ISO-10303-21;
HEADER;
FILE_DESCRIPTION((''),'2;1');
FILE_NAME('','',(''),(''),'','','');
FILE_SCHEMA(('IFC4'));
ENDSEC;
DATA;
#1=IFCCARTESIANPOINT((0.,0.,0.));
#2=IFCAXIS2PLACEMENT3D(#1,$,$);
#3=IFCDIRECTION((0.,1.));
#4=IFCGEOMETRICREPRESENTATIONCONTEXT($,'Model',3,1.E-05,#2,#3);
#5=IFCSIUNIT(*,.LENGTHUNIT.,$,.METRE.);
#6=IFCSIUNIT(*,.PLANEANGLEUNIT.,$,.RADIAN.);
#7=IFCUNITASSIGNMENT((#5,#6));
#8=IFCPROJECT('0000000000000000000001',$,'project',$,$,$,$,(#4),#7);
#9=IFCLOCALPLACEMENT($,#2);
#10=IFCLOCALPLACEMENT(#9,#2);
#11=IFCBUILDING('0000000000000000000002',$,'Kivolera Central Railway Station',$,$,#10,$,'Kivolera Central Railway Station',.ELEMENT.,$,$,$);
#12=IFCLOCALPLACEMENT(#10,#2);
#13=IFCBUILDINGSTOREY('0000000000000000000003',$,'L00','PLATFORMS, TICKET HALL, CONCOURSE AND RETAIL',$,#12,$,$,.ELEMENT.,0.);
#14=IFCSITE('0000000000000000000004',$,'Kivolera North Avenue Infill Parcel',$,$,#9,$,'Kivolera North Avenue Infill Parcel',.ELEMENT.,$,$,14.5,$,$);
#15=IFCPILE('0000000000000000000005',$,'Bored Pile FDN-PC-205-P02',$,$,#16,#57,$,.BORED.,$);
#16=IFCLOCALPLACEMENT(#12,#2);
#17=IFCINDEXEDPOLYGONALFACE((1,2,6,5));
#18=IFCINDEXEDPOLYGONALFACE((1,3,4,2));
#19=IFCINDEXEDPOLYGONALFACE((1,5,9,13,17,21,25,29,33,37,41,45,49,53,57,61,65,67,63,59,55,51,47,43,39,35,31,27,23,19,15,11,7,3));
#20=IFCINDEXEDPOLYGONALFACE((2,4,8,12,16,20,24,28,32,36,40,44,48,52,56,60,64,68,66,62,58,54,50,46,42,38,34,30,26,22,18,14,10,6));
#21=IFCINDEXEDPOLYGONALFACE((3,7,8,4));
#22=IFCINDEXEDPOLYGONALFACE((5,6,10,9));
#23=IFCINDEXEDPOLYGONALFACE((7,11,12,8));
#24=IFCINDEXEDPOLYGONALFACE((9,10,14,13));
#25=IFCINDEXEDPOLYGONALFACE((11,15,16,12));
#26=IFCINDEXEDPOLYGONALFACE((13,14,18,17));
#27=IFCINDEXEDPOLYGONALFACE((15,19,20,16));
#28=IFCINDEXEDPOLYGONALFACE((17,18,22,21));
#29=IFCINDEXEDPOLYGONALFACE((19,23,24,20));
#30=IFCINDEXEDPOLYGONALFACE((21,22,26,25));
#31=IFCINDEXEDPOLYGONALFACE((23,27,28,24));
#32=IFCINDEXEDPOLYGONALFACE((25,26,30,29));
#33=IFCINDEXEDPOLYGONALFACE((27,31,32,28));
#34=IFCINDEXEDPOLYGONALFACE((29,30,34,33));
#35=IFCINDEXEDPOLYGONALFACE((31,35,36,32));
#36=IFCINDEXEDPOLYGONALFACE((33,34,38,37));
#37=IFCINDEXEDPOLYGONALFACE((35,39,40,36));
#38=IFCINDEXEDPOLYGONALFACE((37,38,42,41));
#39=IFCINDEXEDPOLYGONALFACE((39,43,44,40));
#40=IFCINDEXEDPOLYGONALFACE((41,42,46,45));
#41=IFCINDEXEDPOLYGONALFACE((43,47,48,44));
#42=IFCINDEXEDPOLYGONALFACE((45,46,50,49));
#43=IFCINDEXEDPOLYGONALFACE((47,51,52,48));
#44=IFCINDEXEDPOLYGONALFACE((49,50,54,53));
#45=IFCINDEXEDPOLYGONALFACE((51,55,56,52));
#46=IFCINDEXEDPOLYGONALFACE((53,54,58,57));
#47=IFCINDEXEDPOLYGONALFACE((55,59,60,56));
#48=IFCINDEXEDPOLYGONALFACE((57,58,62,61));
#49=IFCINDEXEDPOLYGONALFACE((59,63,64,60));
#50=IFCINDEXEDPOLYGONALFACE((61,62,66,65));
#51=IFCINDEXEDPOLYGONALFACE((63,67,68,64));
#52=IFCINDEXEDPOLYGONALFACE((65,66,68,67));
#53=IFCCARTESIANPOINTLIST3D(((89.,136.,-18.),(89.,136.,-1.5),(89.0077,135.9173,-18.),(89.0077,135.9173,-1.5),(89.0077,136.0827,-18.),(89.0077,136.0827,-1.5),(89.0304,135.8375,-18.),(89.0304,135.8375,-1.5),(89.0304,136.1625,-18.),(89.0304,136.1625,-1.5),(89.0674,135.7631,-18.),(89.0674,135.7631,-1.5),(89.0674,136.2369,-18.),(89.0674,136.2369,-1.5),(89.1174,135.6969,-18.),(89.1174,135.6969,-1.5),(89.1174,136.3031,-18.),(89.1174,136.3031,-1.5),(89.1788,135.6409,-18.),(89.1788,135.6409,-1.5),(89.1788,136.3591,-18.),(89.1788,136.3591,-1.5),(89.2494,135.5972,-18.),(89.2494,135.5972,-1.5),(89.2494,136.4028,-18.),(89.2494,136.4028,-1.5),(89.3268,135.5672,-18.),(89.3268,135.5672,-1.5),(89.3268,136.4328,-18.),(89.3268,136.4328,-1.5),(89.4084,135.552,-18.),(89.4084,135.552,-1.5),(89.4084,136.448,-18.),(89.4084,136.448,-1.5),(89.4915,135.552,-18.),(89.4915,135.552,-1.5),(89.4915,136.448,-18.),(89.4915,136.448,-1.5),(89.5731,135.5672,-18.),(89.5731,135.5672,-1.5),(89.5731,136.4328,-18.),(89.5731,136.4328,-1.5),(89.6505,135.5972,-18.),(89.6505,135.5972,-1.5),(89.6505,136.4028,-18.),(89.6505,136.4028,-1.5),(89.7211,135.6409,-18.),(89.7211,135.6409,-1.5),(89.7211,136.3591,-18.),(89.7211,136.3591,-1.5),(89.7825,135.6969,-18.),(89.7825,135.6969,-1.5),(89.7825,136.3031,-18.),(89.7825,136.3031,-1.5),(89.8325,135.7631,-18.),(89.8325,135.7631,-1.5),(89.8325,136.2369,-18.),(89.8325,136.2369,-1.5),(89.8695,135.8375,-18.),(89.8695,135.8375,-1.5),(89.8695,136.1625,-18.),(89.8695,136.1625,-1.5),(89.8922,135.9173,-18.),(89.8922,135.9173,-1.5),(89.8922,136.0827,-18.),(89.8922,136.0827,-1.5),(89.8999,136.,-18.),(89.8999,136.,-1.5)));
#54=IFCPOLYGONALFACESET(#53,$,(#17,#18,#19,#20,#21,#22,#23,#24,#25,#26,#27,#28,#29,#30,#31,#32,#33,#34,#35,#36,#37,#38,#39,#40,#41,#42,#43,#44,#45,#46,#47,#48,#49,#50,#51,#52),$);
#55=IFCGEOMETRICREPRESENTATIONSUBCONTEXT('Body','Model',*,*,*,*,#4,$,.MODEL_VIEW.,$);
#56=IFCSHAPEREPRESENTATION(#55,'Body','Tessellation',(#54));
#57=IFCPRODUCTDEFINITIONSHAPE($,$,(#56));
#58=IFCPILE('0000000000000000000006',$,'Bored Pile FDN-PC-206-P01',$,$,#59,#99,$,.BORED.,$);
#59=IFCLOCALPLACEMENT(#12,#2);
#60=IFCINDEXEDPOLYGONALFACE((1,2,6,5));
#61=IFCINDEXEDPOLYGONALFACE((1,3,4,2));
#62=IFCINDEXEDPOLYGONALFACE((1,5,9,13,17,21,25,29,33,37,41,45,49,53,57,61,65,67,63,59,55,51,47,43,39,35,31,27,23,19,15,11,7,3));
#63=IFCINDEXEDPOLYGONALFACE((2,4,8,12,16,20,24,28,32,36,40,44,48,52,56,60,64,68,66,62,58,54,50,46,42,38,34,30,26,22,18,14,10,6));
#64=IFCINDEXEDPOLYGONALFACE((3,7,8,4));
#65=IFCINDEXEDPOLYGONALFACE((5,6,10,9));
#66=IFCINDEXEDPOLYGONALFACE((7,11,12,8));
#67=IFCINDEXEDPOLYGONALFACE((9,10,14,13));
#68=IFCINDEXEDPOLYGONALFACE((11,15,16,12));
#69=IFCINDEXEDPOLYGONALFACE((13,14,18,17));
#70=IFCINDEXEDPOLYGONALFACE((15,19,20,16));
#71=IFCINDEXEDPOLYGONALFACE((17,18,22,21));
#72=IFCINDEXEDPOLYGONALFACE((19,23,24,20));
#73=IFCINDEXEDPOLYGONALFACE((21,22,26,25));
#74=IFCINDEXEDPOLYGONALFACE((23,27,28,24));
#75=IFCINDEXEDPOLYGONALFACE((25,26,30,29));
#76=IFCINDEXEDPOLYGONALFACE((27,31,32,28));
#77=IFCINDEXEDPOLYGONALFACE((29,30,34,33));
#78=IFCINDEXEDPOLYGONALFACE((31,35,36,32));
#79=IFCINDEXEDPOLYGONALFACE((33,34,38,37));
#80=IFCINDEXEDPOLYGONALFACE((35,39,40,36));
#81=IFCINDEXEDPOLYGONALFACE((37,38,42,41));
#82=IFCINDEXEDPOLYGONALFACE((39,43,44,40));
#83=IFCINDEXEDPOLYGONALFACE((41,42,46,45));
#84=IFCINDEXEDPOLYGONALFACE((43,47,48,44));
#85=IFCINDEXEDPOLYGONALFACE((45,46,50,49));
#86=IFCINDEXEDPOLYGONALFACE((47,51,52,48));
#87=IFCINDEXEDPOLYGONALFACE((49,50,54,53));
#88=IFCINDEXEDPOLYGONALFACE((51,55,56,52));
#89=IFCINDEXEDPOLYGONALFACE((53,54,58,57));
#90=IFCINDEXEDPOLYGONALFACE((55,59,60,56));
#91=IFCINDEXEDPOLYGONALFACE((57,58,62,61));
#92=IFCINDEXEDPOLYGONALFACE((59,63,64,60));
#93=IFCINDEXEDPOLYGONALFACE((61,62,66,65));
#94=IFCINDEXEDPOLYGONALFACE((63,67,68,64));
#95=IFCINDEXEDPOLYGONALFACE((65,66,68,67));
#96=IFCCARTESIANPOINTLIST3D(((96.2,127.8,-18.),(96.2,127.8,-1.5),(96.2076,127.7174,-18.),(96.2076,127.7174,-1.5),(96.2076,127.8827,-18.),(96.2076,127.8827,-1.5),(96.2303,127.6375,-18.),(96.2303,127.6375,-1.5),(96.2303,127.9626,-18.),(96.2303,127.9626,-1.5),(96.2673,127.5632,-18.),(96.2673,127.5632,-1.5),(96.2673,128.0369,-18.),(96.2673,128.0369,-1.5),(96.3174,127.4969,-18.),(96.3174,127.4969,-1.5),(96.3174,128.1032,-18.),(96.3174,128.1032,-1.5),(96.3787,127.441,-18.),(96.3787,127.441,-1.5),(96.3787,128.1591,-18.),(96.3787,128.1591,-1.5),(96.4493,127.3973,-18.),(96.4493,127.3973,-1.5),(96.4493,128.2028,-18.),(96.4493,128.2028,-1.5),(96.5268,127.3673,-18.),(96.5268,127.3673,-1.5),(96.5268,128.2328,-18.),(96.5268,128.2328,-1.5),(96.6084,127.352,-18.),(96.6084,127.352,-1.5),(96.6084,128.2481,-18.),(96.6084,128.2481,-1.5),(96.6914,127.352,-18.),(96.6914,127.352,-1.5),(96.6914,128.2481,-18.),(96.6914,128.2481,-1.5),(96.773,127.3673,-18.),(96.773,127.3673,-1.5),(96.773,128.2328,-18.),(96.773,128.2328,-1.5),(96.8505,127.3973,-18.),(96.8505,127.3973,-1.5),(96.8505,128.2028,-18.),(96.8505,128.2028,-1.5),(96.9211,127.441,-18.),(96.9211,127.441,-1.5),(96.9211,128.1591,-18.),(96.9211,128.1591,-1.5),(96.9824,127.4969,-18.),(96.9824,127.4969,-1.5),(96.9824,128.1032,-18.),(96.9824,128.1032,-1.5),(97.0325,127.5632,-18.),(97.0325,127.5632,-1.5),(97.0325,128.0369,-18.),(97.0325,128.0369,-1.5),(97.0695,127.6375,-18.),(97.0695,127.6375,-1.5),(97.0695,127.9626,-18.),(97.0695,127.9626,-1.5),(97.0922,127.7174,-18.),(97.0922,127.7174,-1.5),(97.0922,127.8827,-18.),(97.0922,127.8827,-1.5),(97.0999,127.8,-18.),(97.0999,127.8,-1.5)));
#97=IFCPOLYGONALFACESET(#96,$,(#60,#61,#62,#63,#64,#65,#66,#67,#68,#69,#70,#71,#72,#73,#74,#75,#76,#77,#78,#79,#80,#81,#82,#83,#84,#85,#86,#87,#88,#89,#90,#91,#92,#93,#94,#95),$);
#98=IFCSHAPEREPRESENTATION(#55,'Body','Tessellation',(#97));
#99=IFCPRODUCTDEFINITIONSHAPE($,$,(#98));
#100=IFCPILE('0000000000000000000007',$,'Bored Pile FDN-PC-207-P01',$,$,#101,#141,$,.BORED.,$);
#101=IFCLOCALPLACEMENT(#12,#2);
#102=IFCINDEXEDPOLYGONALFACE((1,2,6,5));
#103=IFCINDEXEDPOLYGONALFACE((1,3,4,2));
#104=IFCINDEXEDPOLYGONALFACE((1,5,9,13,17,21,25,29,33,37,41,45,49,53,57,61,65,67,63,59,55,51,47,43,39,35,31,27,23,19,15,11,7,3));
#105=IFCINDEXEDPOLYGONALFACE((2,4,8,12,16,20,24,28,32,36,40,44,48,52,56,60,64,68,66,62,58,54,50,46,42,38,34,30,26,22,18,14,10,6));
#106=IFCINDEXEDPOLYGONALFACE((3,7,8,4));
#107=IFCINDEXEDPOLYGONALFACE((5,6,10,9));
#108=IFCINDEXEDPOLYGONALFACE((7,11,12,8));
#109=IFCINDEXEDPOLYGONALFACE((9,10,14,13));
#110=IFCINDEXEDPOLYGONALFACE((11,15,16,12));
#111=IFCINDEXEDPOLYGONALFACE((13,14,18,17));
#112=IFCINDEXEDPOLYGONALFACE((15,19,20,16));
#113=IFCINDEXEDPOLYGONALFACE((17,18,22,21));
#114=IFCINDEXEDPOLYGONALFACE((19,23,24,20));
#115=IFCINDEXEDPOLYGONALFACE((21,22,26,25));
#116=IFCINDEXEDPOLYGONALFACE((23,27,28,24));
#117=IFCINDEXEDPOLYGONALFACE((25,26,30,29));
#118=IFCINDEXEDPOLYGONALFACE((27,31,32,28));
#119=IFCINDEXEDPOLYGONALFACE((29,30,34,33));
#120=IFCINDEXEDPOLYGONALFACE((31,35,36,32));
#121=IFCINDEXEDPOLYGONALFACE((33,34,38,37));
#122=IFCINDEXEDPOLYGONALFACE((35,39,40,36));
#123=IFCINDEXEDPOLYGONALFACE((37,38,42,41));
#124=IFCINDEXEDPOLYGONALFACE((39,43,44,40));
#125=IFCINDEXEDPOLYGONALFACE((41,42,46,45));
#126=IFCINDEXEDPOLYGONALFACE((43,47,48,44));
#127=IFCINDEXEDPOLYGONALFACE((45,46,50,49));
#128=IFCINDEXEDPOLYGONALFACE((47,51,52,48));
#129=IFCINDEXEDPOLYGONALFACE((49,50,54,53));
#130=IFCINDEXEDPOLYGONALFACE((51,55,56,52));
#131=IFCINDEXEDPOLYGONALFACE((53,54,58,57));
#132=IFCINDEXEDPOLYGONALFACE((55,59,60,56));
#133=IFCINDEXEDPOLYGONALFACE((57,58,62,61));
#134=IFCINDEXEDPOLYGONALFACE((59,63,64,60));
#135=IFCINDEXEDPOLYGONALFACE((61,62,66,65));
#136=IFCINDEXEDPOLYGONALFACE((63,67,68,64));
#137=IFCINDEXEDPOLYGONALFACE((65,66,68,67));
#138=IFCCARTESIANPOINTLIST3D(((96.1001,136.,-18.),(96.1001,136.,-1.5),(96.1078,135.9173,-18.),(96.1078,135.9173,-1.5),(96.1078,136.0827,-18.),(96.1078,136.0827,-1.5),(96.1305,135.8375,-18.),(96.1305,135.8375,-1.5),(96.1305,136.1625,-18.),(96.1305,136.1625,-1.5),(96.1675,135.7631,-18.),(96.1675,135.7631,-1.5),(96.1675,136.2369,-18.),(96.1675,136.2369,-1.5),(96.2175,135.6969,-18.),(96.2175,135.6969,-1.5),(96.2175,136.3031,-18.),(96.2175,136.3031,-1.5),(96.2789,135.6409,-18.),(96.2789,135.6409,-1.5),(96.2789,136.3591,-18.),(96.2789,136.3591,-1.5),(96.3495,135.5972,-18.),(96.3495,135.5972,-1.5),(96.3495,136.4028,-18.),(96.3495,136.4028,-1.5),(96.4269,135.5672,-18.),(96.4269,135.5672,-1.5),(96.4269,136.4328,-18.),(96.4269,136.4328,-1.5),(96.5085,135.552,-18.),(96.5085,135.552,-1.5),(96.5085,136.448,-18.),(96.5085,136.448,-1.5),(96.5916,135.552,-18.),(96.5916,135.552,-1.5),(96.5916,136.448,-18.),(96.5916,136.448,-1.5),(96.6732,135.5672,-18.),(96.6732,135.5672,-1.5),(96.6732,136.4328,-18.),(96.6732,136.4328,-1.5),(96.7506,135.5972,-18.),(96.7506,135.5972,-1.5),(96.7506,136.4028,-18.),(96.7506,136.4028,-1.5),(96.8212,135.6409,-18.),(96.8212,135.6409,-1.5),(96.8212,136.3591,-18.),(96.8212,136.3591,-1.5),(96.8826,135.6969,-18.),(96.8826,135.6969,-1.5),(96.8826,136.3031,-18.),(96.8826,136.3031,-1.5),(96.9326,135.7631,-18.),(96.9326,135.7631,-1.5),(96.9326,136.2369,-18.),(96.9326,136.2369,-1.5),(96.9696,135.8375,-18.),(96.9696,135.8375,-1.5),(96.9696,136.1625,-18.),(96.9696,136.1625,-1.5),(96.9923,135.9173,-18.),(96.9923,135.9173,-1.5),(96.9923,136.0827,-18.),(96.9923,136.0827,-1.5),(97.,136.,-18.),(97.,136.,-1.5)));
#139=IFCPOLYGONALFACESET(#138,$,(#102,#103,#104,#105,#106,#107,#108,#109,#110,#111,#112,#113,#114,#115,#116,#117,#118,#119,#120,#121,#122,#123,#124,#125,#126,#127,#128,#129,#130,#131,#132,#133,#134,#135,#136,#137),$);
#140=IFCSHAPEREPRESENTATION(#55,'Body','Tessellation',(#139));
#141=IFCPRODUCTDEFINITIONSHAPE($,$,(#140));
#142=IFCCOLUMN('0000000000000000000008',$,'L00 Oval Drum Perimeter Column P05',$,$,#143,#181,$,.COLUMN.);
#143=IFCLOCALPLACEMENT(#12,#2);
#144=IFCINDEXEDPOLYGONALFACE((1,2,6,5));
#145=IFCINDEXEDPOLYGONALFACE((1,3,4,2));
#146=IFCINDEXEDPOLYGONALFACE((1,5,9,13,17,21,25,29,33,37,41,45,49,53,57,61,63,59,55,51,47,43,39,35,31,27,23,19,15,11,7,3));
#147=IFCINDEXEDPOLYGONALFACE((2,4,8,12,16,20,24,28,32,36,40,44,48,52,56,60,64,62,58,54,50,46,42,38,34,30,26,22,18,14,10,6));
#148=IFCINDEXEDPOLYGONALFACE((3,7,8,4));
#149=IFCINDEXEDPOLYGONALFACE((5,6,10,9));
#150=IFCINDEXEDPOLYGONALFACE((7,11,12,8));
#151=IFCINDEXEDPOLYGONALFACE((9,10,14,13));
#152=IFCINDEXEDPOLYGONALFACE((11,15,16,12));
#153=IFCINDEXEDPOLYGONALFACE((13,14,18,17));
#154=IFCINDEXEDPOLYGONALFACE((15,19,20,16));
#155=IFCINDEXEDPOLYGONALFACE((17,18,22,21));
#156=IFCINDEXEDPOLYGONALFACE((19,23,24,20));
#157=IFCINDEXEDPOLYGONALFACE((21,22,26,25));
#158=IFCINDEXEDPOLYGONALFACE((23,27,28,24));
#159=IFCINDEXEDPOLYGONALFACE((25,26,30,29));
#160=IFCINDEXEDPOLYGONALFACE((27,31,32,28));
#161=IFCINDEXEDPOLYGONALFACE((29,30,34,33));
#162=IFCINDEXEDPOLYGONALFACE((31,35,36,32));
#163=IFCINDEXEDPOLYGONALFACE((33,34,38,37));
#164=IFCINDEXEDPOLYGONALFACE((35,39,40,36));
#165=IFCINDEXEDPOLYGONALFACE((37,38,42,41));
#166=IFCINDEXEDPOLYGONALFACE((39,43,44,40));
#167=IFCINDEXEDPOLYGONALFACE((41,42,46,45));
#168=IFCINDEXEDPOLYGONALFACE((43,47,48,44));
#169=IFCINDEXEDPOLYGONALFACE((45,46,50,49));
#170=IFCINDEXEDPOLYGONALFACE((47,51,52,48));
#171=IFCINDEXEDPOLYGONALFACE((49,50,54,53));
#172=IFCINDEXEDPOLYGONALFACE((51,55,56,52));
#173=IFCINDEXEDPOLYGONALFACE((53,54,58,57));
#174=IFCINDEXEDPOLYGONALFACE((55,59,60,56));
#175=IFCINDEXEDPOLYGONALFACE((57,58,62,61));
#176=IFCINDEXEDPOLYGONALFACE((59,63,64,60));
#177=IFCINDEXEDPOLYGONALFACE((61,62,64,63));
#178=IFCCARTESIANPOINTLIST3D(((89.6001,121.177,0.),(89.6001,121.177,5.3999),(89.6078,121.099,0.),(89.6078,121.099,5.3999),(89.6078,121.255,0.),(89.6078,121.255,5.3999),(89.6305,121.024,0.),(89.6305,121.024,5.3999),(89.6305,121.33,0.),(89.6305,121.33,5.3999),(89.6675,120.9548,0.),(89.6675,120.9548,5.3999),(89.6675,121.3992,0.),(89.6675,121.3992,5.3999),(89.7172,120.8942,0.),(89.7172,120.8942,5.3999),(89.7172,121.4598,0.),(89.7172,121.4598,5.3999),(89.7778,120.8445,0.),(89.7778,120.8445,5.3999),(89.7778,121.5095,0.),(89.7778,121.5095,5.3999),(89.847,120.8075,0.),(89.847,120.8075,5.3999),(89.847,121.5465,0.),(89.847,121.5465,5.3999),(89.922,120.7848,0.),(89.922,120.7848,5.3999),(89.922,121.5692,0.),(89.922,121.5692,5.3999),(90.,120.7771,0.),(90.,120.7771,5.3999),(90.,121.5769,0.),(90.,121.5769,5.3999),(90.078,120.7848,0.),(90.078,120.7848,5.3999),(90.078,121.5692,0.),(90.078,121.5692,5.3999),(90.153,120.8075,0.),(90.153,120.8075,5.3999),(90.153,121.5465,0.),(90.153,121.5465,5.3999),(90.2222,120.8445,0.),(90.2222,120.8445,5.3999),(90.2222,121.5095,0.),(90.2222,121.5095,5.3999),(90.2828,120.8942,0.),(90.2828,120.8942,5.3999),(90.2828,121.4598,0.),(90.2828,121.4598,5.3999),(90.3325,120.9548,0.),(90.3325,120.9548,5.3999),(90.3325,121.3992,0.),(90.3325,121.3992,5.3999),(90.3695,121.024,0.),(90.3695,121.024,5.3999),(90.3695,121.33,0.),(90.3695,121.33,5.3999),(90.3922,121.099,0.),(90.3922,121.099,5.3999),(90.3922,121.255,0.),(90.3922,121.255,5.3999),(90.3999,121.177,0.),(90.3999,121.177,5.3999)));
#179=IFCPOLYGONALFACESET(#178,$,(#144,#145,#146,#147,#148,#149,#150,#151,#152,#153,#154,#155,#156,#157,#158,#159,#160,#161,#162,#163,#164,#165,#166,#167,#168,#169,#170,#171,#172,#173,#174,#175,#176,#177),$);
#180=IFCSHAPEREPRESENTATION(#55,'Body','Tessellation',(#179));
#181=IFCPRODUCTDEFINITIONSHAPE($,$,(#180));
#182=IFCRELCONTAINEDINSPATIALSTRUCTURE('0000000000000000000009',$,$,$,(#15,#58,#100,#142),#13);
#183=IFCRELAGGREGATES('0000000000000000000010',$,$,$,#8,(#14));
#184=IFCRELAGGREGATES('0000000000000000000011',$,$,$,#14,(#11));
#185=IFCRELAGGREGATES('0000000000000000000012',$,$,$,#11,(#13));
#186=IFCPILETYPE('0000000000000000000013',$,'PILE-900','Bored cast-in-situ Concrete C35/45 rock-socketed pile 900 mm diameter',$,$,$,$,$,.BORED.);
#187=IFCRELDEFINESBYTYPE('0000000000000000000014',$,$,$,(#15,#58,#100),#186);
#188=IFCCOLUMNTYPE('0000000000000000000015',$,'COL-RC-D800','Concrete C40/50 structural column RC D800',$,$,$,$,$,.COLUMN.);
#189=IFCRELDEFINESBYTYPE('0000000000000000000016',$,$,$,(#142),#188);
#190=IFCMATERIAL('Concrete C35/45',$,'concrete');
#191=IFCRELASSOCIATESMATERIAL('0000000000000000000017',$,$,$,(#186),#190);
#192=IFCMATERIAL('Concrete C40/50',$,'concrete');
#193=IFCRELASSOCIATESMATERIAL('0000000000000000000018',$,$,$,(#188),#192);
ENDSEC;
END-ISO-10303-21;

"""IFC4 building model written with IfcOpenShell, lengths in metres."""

from ifc_helpers import new_model, si_unit, direction, frame, origin, origin_2d, place, context, subcontext, project, spatial, circle, extrude, material, material_profile, profile_set, type_object, element, save


model = new_model("IFC4")

# Units and contexts
model_context = context("Model", 3, precision=1e-05, world=origin(), true_north=direction((0.0, 1.0)))
body_context = subcontext(model_context, "Body", "Model", "MODEL_VIEW")
ifc_project = project(units=[si_unit("LENGTHUNIT", "METRE"), si_unit("PLANEANGLEUNIT", "RADIAN")], contexts=[model_context])

# Site, building, storey
site_placement = place(None, origin())
site = spatial("IfcSite", under=ifc_project, at=site_placement, Name="Kivolera North Avenue Infill Parcel", LongName="Kivolera North Avenue Infill Parcel", CompositionType="ELEMENT", RefElevation=14.5)
building_placement = place(site_placement, origin())
building = spatial("IfcBuilding", under=site, at=building_placement, Name="Kivolera Central Railway Station", LongName="Kivolera Central Railway Station", CompositionType="ELEMENT")
storey_placement = place(building_placement, origin())
storey = spatial("IfcBuildingStorey", under=building, at=storey_placement, Name="L00", Description="PLATFORMS, TICKET HALL, CONCOURSE AND RETAIL", CompositionType="ELEMENT", Elevation=0.0)

# Shared definitions
ifc_material_1 = material(Name="Concrete C35/45", Category="concrete")

# Piles
ifc_material_profile_1 = material_profile(ifc_material_1, circle(Radius=0.45, at=origin_2d()), Name="PILE D900")
ifc_profile_set_1 = profile_set([ifc_material_profile_1], Name="Concrete C35/45")
pile_type_1 = type_object("IfcPileType", Name="PILE-900", Description="Bored cast-in-situ Concrete C35/45 rock-socketed pile 900 mm diameter", PredefinedType="BORED", material=ifc_profile_set_1)
for number, where, z_axis, x_axis, name in (
    (1, (89.45, 136.0, -1.5), (0.0, 0.0, -1.0), (1.0, 0.0, 0.0), "Bored Pile FDN-PC-205-P02"),
    (2, (96.6499, 127.8, -1.5), (0.0, 0.0, -1.0), (1.0, 0.0, 0.0), "Bored Pile FDN-PC-206-P01"),
    (3, (96.55, 136.0, -1.5), (0.0, 0.0, -1.0), (1.0, 0.0, 0.0), "Bored Pile FDN-PC-207-P01"),
):
    element("IfcPile", number, at=place(storey_placement, frame(where, z_axis=z_axis, x_axis=x_axis)), inside=storey, type_object=pile_type_1, Name=name, PredefinedType="BORED", context=body_context, shape_type="SweptSolid", body=[
        extrude(circle(Radius=0.45, at=origin_2d()), origin(), (0.0, 0.0, 1.0), 16.5),
    ])

# Column
ifc_material_2 = material(Name="Concrete C40/50", Category="concrete")
ifc_material_profile_2 = material_profile(ifc_material_2, circle(Radius=0.3999, at=origin_2d()), Name="RC D800")
ifc_profile_set_2 = profile_set([ifc_material_profile_2], Name="Concrete C40/50")
column_type_1 = type_object("IfcColumnType", Name="COL-RC-D800", Description="Concrete C40/50 structural column RC D800", PredefinedType="COLUMN", material=ifc_profile_set_2)
column_1_placement = place(storey_placement, frame((90.0, 121.177, 0.0), z_axis=(0.0, 0.0, 1.0), x_axis=(1.0, 0.0, 0.0)))
element("IfcColumn", 4, at=column_1_placement, inside=storey, type_object=column_type_1, Name="L00 Oval Drum Perimeter Column P05", PredefinedType="COLUMN", context=body_context, shape_type="SweptSolid", body=[
    extrude(circle(Radius=0.3999, at=origin_2d()), origin(), (0.0, 0.0, 1.0), 5.3999),
])

save(model, "model.ifc")
